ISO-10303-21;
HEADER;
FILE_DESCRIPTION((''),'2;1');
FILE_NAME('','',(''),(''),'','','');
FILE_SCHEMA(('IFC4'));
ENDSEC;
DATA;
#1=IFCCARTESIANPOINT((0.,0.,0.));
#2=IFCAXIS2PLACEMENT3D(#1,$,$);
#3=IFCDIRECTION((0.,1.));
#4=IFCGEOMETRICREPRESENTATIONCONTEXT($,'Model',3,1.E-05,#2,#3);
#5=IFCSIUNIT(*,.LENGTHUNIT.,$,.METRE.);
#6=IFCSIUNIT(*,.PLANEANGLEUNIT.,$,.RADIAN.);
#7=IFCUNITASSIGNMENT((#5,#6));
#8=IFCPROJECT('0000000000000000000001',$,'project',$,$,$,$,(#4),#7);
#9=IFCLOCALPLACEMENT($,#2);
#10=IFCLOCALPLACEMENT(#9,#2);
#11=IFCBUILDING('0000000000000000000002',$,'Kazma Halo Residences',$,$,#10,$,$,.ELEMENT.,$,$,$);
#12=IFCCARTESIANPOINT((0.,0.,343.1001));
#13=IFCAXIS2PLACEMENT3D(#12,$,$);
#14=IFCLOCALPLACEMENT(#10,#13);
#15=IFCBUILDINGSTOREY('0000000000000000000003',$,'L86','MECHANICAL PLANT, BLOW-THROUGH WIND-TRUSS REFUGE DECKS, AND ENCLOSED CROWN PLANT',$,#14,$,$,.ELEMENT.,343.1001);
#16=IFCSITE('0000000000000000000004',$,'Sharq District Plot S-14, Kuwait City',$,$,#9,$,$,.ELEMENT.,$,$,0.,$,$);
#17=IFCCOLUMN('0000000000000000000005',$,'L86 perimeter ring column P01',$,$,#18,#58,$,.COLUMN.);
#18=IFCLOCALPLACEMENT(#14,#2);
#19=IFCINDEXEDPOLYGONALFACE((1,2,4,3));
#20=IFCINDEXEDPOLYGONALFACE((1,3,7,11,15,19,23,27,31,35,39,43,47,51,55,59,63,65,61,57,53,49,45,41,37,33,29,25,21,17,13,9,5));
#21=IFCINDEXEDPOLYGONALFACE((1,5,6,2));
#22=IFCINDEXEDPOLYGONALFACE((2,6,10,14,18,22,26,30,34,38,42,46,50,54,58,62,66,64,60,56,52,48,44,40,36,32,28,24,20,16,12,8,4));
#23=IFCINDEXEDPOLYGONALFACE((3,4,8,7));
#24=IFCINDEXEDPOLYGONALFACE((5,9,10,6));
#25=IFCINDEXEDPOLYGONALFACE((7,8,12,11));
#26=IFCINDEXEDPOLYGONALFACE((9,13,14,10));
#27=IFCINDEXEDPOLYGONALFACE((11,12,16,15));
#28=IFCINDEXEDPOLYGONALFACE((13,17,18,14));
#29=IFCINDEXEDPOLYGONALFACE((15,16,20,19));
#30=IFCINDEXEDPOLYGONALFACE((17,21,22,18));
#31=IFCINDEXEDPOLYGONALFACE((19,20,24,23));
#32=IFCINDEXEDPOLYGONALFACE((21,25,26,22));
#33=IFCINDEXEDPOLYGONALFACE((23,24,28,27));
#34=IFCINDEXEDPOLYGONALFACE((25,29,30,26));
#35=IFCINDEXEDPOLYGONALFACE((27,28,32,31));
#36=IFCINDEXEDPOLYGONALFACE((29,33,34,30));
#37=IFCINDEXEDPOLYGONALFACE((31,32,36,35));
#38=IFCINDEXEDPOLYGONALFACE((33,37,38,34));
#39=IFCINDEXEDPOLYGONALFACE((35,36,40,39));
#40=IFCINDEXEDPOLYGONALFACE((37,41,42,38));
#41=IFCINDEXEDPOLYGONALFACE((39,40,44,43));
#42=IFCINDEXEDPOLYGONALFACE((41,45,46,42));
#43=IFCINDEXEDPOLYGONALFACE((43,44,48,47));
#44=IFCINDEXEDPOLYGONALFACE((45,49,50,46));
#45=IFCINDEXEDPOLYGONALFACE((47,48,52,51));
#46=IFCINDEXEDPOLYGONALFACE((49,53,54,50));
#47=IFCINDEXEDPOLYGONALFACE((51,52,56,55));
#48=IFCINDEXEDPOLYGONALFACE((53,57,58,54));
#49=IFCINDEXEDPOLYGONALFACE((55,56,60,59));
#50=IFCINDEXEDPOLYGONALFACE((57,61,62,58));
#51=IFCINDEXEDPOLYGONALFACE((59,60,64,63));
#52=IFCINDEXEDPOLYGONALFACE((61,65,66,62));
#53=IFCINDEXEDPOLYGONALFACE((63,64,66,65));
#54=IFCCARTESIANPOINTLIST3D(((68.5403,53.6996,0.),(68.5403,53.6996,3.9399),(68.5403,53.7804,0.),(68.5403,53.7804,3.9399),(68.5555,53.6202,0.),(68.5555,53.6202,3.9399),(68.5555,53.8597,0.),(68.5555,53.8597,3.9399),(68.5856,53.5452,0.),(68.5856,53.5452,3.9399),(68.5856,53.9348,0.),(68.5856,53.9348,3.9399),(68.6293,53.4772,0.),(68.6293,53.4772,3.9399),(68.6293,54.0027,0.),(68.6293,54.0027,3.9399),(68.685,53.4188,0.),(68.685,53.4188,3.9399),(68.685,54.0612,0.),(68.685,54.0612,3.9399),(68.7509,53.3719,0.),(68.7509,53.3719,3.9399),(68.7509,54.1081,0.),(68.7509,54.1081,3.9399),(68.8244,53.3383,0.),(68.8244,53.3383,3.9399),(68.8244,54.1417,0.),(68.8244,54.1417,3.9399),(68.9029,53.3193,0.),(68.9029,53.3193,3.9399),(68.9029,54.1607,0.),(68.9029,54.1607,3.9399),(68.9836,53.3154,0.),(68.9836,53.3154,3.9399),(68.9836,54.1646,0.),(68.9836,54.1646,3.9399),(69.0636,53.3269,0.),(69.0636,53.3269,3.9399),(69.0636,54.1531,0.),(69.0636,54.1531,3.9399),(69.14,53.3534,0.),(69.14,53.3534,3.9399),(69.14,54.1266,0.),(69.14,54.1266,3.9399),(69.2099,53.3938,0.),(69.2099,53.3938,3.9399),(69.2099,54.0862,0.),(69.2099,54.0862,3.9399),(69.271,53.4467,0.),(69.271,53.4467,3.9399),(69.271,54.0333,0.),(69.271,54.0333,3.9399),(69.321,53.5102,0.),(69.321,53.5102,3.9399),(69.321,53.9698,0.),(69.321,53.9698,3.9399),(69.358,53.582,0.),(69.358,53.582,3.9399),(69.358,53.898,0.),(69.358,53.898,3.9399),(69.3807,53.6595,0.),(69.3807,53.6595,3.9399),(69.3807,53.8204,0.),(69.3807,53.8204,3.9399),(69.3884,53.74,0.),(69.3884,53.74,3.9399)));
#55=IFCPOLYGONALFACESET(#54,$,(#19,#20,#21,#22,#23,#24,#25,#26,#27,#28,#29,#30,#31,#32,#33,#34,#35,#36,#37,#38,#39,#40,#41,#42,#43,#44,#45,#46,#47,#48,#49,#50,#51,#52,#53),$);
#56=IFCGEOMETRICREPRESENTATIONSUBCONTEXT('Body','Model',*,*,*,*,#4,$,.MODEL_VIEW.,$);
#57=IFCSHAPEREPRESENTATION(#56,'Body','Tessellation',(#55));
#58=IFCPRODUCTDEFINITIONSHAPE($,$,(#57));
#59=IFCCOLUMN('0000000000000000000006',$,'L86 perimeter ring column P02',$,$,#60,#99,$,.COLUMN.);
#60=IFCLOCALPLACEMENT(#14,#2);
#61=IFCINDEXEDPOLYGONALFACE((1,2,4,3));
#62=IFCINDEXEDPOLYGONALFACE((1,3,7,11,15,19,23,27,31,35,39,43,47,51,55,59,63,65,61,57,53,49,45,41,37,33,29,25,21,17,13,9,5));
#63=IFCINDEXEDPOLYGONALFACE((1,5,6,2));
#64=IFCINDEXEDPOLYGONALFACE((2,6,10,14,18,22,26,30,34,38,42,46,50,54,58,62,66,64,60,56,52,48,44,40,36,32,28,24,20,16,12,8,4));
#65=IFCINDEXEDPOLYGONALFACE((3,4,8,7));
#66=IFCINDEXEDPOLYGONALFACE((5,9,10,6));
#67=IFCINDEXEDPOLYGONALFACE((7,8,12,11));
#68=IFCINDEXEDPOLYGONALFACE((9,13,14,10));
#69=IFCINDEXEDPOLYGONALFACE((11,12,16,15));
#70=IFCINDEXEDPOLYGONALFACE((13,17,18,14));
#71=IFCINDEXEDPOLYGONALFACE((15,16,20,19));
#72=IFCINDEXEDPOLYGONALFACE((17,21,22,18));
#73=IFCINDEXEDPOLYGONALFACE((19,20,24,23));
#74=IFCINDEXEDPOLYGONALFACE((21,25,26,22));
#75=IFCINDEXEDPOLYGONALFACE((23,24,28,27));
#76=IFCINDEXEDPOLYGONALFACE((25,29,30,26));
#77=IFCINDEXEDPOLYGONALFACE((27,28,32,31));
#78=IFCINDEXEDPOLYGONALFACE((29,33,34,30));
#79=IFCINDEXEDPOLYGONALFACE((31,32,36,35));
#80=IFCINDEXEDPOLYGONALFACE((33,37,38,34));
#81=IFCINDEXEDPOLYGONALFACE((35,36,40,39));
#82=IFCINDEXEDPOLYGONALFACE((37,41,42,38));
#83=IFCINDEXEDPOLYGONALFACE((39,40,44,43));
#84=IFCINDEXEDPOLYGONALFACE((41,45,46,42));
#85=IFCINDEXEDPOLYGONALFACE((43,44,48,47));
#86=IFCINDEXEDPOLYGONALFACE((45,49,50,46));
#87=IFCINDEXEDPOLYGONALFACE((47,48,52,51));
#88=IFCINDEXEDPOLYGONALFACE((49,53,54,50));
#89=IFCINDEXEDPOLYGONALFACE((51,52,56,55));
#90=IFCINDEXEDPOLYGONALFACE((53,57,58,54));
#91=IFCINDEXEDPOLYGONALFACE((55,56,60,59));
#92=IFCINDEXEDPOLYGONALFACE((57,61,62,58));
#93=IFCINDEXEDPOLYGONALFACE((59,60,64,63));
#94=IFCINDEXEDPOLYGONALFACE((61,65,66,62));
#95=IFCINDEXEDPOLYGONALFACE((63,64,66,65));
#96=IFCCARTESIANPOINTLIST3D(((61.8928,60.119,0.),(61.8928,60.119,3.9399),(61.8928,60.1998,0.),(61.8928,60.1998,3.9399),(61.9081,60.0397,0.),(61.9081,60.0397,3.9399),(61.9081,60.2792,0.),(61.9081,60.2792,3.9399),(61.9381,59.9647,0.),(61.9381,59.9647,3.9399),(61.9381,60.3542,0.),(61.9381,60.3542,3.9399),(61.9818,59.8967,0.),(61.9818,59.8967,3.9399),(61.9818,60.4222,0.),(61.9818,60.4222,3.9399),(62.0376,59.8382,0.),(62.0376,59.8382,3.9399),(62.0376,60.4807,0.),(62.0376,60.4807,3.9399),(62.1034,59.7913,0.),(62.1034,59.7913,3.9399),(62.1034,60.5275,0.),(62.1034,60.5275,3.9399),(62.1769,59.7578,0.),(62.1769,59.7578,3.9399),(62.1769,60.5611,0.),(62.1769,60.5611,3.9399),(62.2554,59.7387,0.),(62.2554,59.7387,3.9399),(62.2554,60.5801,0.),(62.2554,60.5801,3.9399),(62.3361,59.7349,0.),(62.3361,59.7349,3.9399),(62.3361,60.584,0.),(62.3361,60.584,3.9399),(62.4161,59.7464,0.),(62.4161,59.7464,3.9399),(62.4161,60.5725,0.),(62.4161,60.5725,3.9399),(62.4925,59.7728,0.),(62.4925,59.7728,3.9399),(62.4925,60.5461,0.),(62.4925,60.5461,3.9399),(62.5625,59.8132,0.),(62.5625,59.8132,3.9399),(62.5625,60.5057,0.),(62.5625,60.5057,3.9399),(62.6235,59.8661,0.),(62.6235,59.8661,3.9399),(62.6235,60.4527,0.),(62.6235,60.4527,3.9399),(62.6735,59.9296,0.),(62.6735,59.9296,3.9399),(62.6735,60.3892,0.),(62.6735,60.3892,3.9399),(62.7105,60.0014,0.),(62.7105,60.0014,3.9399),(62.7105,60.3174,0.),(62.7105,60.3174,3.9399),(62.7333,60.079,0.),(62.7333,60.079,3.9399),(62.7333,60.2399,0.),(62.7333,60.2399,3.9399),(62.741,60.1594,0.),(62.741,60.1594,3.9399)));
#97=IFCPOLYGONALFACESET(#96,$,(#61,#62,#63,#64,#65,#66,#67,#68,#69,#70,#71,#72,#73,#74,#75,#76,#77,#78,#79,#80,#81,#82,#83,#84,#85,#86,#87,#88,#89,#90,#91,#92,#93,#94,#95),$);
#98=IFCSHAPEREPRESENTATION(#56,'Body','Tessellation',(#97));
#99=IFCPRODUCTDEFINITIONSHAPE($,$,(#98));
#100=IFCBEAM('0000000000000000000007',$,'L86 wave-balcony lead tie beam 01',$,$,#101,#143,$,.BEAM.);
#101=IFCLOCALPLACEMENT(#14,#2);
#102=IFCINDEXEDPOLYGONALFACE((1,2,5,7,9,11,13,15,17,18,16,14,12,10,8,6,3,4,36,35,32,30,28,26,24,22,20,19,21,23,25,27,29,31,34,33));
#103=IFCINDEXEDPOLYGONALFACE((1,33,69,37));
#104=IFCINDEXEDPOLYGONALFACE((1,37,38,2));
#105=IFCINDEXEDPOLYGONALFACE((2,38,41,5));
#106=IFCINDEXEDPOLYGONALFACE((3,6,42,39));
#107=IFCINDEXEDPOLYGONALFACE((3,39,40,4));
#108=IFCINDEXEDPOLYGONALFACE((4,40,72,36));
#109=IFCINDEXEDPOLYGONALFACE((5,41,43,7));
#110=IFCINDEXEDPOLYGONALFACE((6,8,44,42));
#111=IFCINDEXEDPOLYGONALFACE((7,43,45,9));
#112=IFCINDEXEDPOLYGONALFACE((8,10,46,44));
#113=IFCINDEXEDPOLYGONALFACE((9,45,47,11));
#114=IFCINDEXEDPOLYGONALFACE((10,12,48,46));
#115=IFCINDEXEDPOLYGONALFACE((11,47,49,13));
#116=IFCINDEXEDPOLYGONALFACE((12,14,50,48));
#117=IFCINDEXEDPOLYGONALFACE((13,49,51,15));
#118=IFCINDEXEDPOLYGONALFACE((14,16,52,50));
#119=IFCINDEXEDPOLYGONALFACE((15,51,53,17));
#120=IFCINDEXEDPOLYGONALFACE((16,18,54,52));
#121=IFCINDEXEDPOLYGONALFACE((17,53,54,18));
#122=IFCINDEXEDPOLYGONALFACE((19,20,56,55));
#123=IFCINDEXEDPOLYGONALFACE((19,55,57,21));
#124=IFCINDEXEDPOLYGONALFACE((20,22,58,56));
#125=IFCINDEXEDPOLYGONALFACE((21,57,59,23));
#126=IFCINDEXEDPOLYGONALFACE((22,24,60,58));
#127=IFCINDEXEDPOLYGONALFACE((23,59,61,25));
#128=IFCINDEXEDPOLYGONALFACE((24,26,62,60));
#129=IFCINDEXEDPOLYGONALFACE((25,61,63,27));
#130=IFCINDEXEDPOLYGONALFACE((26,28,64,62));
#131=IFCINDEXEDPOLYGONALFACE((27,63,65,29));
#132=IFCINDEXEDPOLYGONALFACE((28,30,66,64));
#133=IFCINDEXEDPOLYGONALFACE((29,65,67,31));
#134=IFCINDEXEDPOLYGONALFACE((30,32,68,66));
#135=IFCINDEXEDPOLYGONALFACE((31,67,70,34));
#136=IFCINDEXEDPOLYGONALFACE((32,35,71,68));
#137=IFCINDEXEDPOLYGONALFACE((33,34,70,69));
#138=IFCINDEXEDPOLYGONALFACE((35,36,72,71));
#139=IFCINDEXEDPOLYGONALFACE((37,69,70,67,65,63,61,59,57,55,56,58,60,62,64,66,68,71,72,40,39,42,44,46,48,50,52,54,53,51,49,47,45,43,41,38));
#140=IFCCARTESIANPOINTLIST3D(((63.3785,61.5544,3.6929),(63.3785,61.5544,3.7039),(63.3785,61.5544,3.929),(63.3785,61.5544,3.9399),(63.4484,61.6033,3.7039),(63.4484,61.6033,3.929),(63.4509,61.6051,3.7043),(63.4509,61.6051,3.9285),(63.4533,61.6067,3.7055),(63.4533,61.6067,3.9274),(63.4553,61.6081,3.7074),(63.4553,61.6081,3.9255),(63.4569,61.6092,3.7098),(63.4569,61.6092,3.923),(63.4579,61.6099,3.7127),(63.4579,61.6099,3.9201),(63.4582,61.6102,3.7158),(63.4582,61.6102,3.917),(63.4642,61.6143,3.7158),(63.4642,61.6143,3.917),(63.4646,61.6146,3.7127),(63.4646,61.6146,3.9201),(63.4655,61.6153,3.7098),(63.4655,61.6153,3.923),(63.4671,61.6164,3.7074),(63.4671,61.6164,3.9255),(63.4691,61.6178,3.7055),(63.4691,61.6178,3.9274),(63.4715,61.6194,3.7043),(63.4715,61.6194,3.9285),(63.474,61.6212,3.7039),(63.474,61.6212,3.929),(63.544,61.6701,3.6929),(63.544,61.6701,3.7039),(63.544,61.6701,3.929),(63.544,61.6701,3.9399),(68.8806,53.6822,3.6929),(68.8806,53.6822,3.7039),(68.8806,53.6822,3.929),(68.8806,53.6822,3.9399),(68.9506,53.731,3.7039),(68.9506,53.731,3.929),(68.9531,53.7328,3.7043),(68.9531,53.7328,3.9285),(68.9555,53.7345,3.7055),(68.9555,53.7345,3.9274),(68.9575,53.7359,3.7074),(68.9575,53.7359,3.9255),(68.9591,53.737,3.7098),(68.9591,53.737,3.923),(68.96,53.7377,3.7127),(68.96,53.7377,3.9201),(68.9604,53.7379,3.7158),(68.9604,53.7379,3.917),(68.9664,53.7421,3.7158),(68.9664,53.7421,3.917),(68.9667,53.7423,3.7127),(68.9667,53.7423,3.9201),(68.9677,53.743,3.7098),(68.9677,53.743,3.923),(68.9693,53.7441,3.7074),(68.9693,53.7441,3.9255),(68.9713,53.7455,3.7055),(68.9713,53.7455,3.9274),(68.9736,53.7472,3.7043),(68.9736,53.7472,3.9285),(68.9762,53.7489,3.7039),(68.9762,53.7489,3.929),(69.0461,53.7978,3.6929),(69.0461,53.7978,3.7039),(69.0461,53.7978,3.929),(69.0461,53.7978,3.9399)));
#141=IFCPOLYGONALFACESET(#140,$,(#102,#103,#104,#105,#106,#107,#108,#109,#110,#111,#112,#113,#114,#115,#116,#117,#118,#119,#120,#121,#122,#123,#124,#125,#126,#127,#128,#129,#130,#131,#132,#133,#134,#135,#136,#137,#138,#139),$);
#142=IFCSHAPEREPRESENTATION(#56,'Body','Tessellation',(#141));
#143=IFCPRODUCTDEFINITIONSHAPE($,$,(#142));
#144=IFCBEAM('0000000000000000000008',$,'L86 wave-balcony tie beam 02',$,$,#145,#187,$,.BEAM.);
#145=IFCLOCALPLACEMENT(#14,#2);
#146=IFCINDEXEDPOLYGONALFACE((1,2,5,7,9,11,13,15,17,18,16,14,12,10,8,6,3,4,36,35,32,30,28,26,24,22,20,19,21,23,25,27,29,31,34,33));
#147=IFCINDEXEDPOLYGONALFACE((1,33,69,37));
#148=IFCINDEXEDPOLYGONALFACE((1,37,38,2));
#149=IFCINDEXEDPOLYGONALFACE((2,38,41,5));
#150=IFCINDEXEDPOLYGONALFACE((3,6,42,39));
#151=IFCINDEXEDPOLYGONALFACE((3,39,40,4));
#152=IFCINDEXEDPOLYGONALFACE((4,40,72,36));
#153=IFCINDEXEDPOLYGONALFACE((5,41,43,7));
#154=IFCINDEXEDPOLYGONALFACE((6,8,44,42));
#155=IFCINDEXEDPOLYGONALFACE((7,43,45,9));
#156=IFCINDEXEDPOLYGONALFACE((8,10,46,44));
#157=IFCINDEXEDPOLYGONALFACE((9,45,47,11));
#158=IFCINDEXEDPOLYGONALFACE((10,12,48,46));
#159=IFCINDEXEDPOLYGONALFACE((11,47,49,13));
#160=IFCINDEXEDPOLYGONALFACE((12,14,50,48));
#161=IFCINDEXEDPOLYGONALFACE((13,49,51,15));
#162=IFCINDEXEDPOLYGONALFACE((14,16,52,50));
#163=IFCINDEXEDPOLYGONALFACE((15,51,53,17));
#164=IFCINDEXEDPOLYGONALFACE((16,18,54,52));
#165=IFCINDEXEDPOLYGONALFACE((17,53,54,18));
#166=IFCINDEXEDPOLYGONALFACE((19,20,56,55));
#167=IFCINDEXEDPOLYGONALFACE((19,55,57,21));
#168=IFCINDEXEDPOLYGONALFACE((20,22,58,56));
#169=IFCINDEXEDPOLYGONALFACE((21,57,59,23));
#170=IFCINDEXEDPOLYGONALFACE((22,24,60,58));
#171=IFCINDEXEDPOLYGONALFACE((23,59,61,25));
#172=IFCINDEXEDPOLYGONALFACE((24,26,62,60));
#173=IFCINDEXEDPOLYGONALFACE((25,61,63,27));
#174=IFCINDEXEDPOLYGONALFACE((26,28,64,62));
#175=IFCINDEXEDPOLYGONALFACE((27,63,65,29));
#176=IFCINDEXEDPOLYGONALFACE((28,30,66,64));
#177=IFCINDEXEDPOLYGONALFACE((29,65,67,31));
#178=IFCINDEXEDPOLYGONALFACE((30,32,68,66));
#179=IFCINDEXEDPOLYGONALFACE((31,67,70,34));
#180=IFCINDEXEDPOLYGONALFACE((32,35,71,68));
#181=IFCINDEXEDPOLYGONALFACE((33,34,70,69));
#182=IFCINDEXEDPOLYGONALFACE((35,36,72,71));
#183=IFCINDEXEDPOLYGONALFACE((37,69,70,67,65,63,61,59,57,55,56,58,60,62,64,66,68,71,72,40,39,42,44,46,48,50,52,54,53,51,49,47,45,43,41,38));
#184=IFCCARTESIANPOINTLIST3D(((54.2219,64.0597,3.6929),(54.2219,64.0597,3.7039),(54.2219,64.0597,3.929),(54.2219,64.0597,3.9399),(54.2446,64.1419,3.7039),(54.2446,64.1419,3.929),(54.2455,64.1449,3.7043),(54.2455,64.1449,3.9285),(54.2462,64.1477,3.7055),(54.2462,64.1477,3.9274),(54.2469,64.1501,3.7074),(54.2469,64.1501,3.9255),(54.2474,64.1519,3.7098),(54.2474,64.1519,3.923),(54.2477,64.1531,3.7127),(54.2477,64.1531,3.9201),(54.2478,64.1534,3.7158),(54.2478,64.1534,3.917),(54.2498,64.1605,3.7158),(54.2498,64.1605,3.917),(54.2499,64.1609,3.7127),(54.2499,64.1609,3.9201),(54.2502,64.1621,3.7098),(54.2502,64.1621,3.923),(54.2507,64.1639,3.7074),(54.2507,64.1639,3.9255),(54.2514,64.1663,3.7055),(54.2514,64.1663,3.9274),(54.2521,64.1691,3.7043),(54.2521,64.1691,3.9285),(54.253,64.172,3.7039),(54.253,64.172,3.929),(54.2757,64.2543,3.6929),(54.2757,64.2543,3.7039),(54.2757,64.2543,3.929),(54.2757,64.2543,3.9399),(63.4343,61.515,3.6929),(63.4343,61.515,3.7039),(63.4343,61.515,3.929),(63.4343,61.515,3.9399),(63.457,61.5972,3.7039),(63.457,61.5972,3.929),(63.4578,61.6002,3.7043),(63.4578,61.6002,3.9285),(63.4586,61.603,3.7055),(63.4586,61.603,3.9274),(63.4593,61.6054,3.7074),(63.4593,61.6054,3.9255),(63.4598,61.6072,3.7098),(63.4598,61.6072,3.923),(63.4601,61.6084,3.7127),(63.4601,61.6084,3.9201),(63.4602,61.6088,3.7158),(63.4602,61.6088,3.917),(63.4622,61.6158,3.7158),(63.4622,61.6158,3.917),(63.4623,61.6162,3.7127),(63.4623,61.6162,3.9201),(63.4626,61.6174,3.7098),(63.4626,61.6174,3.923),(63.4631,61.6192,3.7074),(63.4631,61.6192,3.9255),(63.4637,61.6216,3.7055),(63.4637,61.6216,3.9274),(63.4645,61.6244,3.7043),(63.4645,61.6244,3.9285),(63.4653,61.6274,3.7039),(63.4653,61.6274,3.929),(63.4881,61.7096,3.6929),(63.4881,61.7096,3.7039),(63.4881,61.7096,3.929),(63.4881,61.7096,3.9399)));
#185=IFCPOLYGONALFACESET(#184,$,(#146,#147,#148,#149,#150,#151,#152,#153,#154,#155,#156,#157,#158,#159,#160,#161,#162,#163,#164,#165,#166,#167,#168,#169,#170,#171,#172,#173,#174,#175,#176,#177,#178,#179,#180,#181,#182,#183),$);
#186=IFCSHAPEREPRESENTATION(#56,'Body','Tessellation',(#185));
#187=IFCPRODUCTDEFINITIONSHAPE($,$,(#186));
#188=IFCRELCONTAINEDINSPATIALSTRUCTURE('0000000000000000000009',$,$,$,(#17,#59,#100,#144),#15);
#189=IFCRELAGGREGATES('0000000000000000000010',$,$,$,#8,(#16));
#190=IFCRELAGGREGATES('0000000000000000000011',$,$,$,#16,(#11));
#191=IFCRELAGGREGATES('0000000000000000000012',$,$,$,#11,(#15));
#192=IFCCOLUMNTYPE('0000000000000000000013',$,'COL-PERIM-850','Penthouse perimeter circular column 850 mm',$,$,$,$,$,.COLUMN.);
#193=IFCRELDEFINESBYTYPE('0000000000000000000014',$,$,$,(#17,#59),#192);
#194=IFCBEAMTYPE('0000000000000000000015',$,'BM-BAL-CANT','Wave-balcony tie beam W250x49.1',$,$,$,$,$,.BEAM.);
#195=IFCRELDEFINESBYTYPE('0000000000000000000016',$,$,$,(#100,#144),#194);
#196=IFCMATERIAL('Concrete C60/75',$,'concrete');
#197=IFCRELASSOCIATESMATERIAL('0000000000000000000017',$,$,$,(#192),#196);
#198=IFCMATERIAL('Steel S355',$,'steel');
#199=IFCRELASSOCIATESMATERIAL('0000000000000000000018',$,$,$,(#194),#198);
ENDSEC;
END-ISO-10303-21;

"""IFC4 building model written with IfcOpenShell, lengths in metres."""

from ifc_helpers import new_model, si_unit, direction, frame, origin, origin_2d, place, context, subcontext, project, spatial, circle, i_section, extrude, material, material_profile, profile_set, type_object, element, save


model = new_model("IFC4")

# Units and contexts
model_context = context("Model", 3, precision=1e-05, world=origin(), true_north=direction((0.0, 1.0)))
body_context = subcontext(model_context, "Body", "Model", "MODEL_VIEW")
ifc_project = project(units=[si_unit("LENGTHUNIT", "METRE"), si_unit("PLANEANGLEUNIT", "RADIAN")], contexts=[model_context])

# Site, building, storey
site_placement = place(None, origin())
site = spatial("IfcSite", under=ifc_project, at=site_placement, Name="Sharq District Plot S-14, Kuwait City", CompositionType="ELEMENT", RefElevation=0.0)
building_placement = place(site_placement, origin())
building = spatial("IfcBuilding", under=site, at=building_placement, Name="Kazma Halo Residences", CompositionType="ELEMENT")
storey_placement = place(building_placement, frame((0.0, 0.0, 343.1001)))
storey = spatial("IfcBuildingStorey", under=building, at=storey_placement, Name="L86", Description="MECHANICAL PLANT, BLOW-THROUGH WIND-TRUSS REFUGE DECKS, AND ENCLOSED CROWN PLANT", CompositionType="ELEMENT", Elevation=343.1001)

# Columns
ifc_material_1 = material(Name="Concrete C60/75", Category="concrete")
ifc_material_profile_1 = material_profile(ifc_material_1, circle(Radius=0.425, at=origin_2d()), Name="CIRC850")
ifc_profile_set_1 = profile_set([ifc_material_profile_1], Name="Concrete C60/75")
column_type = type_object("IfcColumnType", Name="COL-PERIM-850", Description="Penthouse perimeter circular column 850 mm", PredefinedType="COLUMN", material=ifc_profile_set_1)
for number, where, z_axis, x_axis, name in (
    (1, (68.9634, 53.74, 0.0), (0.0, 0.0, 1.0), (1.0, 0.0, 0.0), "L86 perimeter ring column P01"),
    (2, (62.3159, 60.1594, 0.0), (0.0, 0.0, 1.0), (1.0, 0.0, 0.0), "L86 perimeter ring column P02"),
):
    element("IfcColumn", number, at=place(storey_placement, frame(where, z_axis=z_axis, x_axis=x_axis)), inside=storey, type_object=column_type, Name=name, PredefinedType="COLUMN", context=body_context, shape_type="SweptSolid", body=[
        extrude(circle(Radius=0.425, at=origin_2d()), origin(), (0.0, 0.0, 1.0), 3.9399),
    ])

# Beams
ifc_material_2 = material(Name="Steel S355", Category="steel")
ifc_material_profile_2 = material_profile(ifc_material_2, i_section(OverallWidth=0.2019, OverallDepth=0.2471, WebThickness=0.0073, FlangeThickness=0.011, FilletRadius=0.012, at=origin_2d()), Name="W250x49.1")
ifc_profile_set_2 = profile_set([ifc_material_profile_2], Name="Steel S355")
beam_type_1 = type_object("IfcBeamType", Name="BM-BAL-CANT", Description="Wave-balcony tie beam W250x49.1", PredefinedType="BEAM", material=ifc_profile_set_2)
beam_1_placement = place(storey_placement, frame((68.9634, 53.74, 3.8164), z_axis=(-0.572874, 0.819644, 0.0), x_axis=(-0.819644, -0.572874, 0.0)))
element("IfcBeam", 3, at=beam_1_placement, inside=storey, type_object=beam_type_1, Name="L86 wave-balcony lead tie beam 01", PredefinedType="BEAM", context=body_context, shape_type="SweptSolid", body=[
    extrude(i_section(OverallWidth=0.2019, OverallDepth=0.2471, WebThickness=0.0073, FlangeThickness=0.011, FilletRadius=0.012, at=origin_2d()), origin(), (0.0, 0.0, 1.0), 9.6045),
])
beam_2_placement = place(storey_placement, frame((63.4612, 61.6123, 3.8164), z_axis=(-0.963903, 0.266252, 0.0), x_axis=(-0.266252, -0.963903, 0.0)))
element("IfcBeam", 4, at=beam_2_placement, inside=storey, type_object=beam_type_1, Name="L86 wave-balcony tie beam 02", PredefinedType="BEAM", context=body_context, shape_type="SweptSolid", body=[
    extrude(i_section(OverallWidth=0.2019, OverallDepth=0.2471, WebThickness=0.0073, FlangeThickness=0.011, FilletRadius=0.012, at=origin_2d()), origin(), (0.0, 0.0, 1.0), 9.5574),
])

save(model, "model.ifc")
